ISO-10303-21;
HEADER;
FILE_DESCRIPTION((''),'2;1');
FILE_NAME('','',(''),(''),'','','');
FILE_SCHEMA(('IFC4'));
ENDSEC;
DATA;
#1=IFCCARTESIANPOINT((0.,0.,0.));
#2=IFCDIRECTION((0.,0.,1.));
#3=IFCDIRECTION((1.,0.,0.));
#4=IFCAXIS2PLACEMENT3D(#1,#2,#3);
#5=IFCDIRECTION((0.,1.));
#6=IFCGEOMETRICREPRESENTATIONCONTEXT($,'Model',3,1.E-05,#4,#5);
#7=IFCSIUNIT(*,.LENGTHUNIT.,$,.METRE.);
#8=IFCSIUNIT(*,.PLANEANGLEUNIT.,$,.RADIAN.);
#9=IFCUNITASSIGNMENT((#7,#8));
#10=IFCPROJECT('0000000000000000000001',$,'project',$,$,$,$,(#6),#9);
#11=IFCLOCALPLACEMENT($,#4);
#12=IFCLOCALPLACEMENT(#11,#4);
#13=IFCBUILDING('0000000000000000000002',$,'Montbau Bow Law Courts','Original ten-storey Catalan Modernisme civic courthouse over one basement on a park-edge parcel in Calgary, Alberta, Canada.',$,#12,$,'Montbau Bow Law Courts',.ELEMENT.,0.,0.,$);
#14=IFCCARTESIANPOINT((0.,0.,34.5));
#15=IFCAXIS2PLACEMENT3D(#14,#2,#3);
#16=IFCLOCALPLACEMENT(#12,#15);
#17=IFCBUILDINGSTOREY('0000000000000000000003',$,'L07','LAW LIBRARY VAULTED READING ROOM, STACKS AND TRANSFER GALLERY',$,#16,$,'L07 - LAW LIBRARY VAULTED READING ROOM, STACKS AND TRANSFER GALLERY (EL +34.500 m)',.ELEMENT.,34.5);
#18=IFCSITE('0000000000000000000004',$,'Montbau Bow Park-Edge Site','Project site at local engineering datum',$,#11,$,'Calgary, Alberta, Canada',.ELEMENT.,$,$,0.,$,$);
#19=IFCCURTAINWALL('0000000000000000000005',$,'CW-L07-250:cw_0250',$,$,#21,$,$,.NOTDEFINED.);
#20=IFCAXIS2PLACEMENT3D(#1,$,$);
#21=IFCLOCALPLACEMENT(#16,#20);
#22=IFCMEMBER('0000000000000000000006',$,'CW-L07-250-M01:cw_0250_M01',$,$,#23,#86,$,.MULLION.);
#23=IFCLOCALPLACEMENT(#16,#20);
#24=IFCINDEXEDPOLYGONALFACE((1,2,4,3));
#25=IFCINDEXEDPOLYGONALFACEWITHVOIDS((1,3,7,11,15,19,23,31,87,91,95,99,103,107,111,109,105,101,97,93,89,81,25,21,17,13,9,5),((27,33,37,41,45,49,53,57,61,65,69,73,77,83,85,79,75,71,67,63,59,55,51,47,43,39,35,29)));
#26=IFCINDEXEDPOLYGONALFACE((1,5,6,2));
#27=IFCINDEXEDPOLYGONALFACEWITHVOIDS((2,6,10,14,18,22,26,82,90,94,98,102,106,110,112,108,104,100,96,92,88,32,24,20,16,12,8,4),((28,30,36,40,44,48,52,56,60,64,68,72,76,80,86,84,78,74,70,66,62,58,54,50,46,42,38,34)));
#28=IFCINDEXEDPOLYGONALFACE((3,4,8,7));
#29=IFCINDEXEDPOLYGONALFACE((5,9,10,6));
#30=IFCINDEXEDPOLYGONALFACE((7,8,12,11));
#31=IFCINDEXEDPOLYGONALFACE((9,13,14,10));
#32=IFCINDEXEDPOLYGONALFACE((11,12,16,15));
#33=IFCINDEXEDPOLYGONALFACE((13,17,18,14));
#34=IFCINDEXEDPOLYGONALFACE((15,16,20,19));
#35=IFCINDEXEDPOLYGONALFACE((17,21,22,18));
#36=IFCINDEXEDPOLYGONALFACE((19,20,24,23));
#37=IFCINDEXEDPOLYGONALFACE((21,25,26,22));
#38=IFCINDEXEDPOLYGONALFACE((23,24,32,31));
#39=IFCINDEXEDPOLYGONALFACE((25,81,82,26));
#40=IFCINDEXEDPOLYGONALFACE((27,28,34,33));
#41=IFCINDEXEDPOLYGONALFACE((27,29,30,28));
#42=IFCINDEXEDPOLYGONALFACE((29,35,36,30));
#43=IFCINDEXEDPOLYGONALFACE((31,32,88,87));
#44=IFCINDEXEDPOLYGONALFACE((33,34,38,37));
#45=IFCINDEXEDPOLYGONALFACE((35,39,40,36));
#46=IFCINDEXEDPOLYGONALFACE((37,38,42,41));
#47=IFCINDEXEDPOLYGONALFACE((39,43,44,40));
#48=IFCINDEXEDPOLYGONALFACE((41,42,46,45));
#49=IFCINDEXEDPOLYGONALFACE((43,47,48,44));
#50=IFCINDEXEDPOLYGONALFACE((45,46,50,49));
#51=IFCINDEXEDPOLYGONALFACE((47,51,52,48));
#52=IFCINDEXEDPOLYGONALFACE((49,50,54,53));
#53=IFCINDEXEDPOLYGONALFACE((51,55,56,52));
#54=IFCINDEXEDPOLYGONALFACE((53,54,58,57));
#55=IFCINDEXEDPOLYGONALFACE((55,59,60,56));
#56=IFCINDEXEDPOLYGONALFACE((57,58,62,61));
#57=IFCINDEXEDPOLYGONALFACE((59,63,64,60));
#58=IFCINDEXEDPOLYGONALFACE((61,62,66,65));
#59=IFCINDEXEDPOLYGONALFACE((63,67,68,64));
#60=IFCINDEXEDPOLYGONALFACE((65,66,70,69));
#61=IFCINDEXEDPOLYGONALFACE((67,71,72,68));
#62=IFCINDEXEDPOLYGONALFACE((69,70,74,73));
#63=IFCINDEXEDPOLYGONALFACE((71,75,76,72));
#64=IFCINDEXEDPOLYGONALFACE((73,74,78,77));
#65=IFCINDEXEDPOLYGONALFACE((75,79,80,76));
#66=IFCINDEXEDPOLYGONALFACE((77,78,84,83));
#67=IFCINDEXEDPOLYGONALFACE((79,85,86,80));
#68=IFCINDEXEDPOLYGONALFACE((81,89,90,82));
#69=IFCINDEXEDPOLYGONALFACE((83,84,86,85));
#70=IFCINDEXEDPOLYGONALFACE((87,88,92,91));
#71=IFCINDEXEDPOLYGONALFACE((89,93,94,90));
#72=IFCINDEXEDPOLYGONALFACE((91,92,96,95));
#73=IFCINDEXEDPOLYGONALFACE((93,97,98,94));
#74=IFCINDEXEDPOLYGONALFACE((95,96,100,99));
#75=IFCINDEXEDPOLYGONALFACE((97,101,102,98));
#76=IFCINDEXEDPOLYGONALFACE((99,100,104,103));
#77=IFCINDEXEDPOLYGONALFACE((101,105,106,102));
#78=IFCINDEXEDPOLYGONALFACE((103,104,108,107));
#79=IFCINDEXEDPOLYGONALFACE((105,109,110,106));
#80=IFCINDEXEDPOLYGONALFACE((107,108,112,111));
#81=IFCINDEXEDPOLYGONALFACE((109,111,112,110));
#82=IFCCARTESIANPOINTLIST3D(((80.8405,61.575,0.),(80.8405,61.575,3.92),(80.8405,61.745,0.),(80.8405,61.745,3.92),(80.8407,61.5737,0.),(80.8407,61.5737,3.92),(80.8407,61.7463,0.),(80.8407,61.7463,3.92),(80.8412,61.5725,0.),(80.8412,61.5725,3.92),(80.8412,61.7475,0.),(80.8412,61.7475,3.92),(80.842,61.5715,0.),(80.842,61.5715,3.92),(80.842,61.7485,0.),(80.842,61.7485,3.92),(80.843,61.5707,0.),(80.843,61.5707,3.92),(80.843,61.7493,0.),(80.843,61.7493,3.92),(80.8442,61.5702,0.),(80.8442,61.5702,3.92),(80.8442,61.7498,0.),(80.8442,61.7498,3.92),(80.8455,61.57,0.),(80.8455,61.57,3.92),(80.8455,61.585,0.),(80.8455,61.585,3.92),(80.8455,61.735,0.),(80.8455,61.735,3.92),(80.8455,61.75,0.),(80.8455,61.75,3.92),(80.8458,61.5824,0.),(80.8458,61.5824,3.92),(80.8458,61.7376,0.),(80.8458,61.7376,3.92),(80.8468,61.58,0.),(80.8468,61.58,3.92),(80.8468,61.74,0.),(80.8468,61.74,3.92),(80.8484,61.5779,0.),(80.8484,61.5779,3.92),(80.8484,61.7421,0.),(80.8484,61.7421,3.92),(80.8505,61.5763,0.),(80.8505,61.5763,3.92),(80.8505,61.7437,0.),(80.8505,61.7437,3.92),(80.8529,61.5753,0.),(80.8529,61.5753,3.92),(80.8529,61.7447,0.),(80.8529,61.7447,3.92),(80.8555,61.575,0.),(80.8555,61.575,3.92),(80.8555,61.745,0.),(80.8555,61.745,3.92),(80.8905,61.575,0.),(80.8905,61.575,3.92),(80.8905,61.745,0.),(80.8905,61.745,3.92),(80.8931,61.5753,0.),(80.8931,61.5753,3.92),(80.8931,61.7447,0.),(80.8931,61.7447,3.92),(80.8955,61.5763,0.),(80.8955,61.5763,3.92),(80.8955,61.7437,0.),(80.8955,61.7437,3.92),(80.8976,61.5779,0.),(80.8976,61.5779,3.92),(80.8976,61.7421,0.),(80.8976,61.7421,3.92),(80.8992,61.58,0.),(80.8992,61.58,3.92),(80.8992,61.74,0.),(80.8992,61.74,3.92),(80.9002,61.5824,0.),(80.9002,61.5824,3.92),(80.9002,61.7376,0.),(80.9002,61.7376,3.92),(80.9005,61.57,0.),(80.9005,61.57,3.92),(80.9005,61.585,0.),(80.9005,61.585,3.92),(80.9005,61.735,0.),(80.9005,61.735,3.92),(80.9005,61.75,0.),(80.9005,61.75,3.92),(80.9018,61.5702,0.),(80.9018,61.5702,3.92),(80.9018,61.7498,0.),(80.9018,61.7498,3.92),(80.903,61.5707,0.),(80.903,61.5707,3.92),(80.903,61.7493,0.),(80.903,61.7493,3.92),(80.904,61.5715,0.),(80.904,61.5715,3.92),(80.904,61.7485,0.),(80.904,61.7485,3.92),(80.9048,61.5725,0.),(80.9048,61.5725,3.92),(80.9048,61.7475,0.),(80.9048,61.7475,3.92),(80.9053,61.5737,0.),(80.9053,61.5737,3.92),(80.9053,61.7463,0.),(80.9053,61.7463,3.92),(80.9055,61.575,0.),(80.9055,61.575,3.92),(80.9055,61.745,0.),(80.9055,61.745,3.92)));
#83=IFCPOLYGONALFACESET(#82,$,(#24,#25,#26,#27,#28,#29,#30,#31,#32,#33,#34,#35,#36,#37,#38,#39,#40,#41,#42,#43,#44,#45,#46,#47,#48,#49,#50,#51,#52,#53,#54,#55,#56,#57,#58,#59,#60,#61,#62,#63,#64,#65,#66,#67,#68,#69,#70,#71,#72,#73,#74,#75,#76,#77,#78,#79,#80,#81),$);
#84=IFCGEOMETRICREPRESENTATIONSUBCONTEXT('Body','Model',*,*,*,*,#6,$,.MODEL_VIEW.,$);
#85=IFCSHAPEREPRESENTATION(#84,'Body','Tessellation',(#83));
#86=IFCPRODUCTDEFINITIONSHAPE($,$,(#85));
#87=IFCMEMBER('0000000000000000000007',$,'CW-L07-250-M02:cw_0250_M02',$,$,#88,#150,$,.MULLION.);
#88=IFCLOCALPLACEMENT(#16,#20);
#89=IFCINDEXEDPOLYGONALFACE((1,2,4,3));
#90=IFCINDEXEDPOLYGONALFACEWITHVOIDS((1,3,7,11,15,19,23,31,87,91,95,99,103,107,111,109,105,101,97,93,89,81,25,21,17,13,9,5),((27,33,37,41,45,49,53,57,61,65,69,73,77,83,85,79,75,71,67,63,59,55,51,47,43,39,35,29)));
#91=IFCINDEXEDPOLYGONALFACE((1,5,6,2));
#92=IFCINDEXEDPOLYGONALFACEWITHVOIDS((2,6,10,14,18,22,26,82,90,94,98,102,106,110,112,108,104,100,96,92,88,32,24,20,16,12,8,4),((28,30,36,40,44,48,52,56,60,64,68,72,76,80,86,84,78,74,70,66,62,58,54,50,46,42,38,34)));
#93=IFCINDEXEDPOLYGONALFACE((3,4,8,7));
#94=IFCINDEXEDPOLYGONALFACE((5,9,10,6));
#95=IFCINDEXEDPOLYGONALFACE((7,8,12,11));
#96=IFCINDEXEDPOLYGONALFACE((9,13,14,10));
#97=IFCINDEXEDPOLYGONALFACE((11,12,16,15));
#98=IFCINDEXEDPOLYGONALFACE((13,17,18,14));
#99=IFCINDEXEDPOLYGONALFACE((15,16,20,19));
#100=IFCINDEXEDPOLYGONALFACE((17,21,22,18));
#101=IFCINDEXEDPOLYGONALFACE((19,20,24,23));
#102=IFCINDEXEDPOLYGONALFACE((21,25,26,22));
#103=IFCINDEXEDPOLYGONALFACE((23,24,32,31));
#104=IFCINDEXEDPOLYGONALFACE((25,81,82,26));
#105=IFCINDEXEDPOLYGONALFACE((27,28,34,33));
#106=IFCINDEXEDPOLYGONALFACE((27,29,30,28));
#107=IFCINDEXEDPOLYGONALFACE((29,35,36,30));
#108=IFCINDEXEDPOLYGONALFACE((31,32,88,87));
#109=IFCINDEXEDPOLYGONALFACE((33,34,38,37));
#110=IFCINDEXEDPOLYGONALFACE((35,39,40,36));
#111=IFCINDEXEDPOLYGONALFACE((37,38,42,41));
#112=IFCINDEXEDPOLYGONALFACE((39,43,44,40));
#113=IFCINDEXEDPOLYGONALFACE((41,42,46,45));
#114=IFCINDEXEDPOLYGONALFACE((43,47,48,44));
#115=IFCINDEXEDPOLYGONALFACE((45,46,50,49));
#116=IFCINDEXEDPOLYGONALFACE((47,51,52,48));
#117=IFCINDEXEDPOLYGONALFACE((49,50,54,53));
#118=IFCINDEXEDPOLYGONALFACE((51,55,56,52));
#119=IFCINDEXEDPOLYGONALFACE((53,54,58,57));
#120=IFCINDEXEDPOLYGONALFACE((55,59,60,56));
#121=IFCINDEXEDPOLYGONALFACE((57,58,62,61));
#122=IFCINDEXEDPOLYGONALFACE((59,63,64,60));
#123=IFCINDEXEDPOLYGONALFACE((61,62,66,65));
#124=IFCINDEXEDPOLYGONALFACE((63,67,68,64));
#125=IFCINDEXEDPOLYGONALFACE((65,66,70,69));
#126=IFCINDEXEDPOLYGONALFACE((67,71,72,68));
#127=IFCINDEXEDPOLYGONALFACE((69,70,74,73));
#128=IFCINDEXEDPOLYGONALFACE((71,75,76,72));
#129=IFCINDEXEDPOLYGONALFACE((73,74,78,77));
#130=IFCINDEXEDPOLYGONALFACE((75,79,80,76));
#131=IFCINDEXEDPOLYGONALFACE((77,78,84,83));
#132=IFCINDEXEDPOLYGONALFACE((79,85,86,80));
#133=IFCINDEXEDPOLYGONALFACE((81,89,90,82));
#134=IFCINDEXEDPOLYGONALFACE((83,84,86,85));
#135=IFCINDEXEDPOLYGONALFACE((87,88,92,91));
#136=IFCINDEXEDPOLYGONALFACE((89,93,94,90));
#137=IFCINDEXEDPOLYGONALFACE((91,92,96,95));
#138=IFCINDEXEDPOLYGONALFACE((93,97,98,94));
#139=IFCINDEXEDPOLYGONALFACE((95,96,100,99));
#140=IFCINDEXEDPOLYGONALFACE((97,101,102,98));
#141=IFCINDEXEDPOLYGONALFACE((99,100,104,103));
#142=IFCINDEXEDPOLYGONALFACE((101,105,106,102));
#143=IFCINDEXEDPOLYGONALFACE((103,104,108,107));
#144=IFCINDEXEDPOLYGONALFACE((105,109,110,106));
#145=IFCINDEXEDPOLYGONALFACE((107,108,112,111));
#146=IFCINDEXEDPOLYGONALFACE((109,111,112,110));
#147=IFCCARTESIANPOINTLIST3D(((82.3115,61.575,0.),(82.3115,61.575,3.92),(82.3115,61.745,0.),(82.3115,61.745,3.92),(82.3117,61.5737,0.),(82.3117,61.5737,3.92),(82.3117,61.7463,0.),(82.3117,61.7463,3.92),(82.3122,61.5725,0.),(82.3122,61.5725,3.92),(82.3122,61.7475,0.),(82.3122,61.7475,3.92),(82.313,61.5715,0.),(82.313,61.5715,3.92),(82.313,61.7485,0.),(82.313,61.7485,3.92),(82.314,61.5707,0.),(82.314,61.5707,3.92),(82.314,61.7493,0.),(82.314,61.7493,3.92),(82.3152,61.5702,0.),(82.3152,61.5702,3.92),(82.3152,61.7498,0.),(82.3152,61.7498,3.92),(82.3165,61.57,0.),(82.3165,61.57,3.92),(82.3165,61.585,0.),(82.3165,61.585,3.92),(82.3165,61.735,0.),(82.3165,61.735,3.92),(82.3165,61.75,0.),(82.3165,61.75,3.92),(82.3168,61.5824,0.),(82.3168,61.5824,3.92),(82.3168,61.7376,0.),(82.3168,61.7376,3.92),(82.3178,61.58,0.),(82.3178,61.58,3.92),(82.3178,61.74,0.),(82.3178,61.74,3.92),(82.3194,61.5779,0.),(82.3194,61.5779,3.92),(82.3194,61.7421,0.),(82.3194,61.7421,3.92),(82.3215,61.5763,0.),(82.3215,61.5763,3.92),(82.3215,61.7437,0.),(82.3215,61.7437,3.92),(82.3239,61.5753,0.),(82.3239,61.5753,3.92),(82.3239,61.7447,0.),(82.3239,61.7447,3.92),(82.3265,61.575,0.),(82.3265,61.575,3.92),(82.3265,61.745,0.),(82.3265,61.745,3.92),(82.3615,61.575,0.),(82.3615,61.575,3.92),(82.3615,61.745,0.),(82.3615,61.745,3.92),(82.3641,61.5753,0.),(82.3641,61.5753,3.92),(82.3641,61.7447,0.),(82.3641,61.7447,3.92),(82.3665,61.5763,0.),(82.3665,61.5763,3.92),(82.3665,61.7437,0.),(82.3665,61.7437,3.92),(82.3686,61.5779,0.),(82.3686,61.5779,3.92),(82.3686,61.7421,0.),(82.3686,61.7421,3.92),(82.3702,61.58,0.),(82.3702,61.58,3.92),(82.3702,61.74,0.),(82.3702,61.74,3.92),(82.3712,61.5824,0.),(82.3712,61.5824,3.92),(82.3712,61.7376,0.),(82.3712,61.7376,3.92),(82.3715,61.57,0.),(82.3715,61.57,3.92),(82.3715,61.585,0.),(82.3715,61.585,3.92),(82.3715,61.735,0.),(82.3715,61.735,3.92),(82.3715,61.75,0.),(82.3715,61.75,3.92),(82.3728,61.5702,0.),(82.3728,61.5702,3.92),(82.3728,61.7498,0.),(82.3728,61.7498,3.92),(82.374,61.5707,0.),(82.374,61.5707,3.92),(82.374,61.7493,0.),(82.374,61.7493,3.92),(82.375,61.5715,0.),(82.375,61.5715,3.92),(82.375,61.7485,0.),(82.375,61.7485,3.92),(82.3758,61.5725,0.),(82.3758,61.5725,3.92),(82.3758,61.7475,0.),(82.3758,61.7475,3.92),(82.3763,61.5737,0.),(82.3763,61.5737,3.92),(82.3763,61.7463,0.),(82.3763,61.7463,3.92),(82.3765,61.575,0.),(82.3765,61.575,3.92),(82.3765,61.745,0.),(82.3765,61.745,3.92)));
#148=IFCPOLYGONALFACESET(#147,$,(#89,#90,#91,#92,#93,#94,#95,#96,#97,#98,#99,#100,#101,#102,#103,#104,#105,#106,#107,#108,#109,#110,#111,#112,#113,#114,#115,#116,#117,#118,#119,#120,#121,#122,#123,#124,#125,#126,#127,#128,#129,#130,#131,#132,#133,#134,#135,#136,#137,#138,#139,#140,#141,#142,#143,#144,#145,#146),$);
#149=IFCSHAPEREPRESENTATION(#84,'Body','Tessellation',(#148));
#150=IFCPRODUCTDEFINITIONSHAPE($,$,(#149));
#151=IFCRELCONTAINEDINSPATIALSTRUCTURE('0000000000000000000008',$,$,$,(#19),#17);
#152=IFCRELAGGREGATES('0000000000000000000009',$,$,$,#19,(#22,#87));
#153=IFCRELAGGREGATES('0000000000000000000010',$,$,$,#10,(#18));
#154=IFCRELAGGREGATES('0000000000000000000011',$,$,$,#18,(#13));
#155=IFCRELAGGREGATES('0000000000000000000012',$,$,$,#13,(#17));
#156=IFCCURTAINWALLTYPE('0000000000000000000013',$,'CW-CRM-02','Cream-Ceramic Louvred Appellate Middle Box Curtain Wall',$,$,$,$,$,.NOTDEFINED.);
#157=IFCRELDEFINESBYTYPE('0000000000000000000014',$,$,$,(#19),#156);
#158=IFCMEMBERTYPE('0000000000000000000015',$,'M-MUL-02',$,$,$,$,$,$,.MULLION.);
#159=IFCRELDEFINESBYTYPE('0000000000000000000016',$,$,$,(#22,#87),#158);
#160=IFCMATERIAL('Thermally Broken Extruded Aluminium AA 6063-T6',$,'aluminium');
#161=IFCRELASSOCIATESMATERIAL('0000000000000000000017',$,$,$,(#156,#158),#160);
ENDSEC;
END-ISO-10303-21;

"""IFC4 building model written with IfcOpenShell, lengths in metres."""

from ifc_helpers import new_model, si_unit, direction, frame, origin_with_axes, origin_2d_with_axis, place, context, subcontext, project, spatial, hollow_rectangle, extrude, material, material_profile, profile_set, type_object, element, aggregate, save


model = new_model("IFC4")

# Units and contexts
model_context = context("Model", 3, precision=1e-05, world=origin_with_axes(), true_north=direction((0.0, 1.0)))
body_context = subcontext(model_context, "Body", "Model", "MODEL_VIEW")
ifc_project = project(units=[si_unit("LENGTHUNIT", "METRE"), si_unit("PLANEANGLEUNIT", "RADIAN")], contexts=[model_context])

# Site, building, storey
site_placement = place(None, origin_with_axes())
site = spatial("IfcSite", under=ifc_project, at=site_placement, Name="Montbau Bow Park-Edge Site", Description="Project site at local engineering datum", LongName="Calgary, Alberta, Canada", CompositionType="ELEMENT", RefElevation=0.0)
building_placement = place(site_placement, origin_with_axes())
building = spatial("IfcBuilding", under=site, at=building_placement, Name="Montbau Bow Law Courts", Description="Original ten-storey Catalan Modernisme civic courthouse over one basement on a park-edge parcel in Calgary, Alberta, Canada.", LongName="Montbau Bow Law Courts", CompositionType="ELEMENT", ElevationOfRefHeight=0.0, ElevationOfTerrain=0.0)
storey_placement = place(building_placement, frame((0.0, 0.0, 34.5), z_axis=(0.0, 0.0, 1.0), x_axis=(1.0, 0.0, 0.0)))
storey = spatial("IfcBuildingStorey", under=building, at=storey_placement, Name="L07", Description="LAW LIBRARY VAULTED READING ROOM, STACKS AND TRANSFER GALLERY", LongName="L07 - LAW LIBRARY VAULTED READING ROOM, STACKS AND TRANSFER GALLERY (EL +34.500 m)", CompositionType="ELEMENT", Elevation=34.5)

# Curtain wall, members
ifc_material_1 = material(Name="Thermally Broken Extruded Aluminium AA 6063-T6", Category="aluminium")
curtain_wall_type = type_object("IfcCurtainWallType", Name="CW-CRM-02", Description="Cream-Ceramic Louvred Appellate Middle Box Curtain Wall", PredefinedType="NOTDEFINED", material=ifc_material_1)
curtain_wall_1_placement = place(None, frame((80.84, 61.66, 34.5), z_axis=(0.0, 0.0, 1.0), x_axis=(1.0, 0.0, 0.0)))
curtain_wall_1 = element("IfcCurtainWall", 1, at=curtain_wall_1_placement, inside=storey, type_object=curtain_wall_type, Name="CW-L07-250:cw_0250", PredefinedType="NOTDEFINED")
ifc_material_profile_1 = material_profile(ifc_material_1, hollow_rectangle(XDim=0.065, YDim=0.18, WallThickness=0.005, InnerFilletRadius=0.01, OuterFilletRadius=0.005, at=origin_2d_with_axis()), Name="CWM-180X65", Category="Main", Priority=0)
ifc_profile_set_1 = profile_set([ifc_material_profile_1], Name="Thermally Broken Extruded Aluminium AA 6063-T6")
member_type_1 = type_object("IfcMemberType", Name="M-MUL-02", PredefinedType="MULLION", material=ifc_profile_set_1)
member_1_placement = place(None, frame((80.873, 61.66, 34.5), z_axis=(0.0, 0.0, 1.0), x_axis=(1.0, 0.0, 0.0)))
member_1 = element("IfcMember", 2, at=member_1_placement, type_object=member_type_1, Name="CW-L07-250-M01:cw_0250_M01", PredefinedType="MULLION", context=body_context, shape_type="SweptSolid", body=[
    extrude(hollow_rectangle(XDim=0.065, YDim=0.18, WallThickness=0.005, InnerFilletRadius=0.01, OuterFilletRadius=0.005, at=origin_2d_with_axis()), origin_with_axes(), (0.0, 0.0, 1.0), 3.92),
])
member_2_placement = place(None, frame((82.344, 61.66, 34.5), z_axis=(0.0, 0.0, 1.0), x_axis=(1.0, 0.0, 0.0)))
member_2 = element("IfcMember", 3, at=member_2_placement, type_object=member_type_1, Name="CW-L07-250-M02:cw_0250_M02", PredefinedType="MULLION", context=body_context, shape_type="SweptSolid", body=[
    extrude(hollow_rectangle(XDim=0.065, YDim=0.18, WallThickness=0.005, InnerFilletRadius=0.01, OuterFilletRadius=0.005, at=origin_2d_with_axis()), origin_with_axes(), (0.0, 0.0, 1.0), 3.92),
])

aggregate(curtain_wall_1, [member_1, member_2])

save(model, "model.ifc")
